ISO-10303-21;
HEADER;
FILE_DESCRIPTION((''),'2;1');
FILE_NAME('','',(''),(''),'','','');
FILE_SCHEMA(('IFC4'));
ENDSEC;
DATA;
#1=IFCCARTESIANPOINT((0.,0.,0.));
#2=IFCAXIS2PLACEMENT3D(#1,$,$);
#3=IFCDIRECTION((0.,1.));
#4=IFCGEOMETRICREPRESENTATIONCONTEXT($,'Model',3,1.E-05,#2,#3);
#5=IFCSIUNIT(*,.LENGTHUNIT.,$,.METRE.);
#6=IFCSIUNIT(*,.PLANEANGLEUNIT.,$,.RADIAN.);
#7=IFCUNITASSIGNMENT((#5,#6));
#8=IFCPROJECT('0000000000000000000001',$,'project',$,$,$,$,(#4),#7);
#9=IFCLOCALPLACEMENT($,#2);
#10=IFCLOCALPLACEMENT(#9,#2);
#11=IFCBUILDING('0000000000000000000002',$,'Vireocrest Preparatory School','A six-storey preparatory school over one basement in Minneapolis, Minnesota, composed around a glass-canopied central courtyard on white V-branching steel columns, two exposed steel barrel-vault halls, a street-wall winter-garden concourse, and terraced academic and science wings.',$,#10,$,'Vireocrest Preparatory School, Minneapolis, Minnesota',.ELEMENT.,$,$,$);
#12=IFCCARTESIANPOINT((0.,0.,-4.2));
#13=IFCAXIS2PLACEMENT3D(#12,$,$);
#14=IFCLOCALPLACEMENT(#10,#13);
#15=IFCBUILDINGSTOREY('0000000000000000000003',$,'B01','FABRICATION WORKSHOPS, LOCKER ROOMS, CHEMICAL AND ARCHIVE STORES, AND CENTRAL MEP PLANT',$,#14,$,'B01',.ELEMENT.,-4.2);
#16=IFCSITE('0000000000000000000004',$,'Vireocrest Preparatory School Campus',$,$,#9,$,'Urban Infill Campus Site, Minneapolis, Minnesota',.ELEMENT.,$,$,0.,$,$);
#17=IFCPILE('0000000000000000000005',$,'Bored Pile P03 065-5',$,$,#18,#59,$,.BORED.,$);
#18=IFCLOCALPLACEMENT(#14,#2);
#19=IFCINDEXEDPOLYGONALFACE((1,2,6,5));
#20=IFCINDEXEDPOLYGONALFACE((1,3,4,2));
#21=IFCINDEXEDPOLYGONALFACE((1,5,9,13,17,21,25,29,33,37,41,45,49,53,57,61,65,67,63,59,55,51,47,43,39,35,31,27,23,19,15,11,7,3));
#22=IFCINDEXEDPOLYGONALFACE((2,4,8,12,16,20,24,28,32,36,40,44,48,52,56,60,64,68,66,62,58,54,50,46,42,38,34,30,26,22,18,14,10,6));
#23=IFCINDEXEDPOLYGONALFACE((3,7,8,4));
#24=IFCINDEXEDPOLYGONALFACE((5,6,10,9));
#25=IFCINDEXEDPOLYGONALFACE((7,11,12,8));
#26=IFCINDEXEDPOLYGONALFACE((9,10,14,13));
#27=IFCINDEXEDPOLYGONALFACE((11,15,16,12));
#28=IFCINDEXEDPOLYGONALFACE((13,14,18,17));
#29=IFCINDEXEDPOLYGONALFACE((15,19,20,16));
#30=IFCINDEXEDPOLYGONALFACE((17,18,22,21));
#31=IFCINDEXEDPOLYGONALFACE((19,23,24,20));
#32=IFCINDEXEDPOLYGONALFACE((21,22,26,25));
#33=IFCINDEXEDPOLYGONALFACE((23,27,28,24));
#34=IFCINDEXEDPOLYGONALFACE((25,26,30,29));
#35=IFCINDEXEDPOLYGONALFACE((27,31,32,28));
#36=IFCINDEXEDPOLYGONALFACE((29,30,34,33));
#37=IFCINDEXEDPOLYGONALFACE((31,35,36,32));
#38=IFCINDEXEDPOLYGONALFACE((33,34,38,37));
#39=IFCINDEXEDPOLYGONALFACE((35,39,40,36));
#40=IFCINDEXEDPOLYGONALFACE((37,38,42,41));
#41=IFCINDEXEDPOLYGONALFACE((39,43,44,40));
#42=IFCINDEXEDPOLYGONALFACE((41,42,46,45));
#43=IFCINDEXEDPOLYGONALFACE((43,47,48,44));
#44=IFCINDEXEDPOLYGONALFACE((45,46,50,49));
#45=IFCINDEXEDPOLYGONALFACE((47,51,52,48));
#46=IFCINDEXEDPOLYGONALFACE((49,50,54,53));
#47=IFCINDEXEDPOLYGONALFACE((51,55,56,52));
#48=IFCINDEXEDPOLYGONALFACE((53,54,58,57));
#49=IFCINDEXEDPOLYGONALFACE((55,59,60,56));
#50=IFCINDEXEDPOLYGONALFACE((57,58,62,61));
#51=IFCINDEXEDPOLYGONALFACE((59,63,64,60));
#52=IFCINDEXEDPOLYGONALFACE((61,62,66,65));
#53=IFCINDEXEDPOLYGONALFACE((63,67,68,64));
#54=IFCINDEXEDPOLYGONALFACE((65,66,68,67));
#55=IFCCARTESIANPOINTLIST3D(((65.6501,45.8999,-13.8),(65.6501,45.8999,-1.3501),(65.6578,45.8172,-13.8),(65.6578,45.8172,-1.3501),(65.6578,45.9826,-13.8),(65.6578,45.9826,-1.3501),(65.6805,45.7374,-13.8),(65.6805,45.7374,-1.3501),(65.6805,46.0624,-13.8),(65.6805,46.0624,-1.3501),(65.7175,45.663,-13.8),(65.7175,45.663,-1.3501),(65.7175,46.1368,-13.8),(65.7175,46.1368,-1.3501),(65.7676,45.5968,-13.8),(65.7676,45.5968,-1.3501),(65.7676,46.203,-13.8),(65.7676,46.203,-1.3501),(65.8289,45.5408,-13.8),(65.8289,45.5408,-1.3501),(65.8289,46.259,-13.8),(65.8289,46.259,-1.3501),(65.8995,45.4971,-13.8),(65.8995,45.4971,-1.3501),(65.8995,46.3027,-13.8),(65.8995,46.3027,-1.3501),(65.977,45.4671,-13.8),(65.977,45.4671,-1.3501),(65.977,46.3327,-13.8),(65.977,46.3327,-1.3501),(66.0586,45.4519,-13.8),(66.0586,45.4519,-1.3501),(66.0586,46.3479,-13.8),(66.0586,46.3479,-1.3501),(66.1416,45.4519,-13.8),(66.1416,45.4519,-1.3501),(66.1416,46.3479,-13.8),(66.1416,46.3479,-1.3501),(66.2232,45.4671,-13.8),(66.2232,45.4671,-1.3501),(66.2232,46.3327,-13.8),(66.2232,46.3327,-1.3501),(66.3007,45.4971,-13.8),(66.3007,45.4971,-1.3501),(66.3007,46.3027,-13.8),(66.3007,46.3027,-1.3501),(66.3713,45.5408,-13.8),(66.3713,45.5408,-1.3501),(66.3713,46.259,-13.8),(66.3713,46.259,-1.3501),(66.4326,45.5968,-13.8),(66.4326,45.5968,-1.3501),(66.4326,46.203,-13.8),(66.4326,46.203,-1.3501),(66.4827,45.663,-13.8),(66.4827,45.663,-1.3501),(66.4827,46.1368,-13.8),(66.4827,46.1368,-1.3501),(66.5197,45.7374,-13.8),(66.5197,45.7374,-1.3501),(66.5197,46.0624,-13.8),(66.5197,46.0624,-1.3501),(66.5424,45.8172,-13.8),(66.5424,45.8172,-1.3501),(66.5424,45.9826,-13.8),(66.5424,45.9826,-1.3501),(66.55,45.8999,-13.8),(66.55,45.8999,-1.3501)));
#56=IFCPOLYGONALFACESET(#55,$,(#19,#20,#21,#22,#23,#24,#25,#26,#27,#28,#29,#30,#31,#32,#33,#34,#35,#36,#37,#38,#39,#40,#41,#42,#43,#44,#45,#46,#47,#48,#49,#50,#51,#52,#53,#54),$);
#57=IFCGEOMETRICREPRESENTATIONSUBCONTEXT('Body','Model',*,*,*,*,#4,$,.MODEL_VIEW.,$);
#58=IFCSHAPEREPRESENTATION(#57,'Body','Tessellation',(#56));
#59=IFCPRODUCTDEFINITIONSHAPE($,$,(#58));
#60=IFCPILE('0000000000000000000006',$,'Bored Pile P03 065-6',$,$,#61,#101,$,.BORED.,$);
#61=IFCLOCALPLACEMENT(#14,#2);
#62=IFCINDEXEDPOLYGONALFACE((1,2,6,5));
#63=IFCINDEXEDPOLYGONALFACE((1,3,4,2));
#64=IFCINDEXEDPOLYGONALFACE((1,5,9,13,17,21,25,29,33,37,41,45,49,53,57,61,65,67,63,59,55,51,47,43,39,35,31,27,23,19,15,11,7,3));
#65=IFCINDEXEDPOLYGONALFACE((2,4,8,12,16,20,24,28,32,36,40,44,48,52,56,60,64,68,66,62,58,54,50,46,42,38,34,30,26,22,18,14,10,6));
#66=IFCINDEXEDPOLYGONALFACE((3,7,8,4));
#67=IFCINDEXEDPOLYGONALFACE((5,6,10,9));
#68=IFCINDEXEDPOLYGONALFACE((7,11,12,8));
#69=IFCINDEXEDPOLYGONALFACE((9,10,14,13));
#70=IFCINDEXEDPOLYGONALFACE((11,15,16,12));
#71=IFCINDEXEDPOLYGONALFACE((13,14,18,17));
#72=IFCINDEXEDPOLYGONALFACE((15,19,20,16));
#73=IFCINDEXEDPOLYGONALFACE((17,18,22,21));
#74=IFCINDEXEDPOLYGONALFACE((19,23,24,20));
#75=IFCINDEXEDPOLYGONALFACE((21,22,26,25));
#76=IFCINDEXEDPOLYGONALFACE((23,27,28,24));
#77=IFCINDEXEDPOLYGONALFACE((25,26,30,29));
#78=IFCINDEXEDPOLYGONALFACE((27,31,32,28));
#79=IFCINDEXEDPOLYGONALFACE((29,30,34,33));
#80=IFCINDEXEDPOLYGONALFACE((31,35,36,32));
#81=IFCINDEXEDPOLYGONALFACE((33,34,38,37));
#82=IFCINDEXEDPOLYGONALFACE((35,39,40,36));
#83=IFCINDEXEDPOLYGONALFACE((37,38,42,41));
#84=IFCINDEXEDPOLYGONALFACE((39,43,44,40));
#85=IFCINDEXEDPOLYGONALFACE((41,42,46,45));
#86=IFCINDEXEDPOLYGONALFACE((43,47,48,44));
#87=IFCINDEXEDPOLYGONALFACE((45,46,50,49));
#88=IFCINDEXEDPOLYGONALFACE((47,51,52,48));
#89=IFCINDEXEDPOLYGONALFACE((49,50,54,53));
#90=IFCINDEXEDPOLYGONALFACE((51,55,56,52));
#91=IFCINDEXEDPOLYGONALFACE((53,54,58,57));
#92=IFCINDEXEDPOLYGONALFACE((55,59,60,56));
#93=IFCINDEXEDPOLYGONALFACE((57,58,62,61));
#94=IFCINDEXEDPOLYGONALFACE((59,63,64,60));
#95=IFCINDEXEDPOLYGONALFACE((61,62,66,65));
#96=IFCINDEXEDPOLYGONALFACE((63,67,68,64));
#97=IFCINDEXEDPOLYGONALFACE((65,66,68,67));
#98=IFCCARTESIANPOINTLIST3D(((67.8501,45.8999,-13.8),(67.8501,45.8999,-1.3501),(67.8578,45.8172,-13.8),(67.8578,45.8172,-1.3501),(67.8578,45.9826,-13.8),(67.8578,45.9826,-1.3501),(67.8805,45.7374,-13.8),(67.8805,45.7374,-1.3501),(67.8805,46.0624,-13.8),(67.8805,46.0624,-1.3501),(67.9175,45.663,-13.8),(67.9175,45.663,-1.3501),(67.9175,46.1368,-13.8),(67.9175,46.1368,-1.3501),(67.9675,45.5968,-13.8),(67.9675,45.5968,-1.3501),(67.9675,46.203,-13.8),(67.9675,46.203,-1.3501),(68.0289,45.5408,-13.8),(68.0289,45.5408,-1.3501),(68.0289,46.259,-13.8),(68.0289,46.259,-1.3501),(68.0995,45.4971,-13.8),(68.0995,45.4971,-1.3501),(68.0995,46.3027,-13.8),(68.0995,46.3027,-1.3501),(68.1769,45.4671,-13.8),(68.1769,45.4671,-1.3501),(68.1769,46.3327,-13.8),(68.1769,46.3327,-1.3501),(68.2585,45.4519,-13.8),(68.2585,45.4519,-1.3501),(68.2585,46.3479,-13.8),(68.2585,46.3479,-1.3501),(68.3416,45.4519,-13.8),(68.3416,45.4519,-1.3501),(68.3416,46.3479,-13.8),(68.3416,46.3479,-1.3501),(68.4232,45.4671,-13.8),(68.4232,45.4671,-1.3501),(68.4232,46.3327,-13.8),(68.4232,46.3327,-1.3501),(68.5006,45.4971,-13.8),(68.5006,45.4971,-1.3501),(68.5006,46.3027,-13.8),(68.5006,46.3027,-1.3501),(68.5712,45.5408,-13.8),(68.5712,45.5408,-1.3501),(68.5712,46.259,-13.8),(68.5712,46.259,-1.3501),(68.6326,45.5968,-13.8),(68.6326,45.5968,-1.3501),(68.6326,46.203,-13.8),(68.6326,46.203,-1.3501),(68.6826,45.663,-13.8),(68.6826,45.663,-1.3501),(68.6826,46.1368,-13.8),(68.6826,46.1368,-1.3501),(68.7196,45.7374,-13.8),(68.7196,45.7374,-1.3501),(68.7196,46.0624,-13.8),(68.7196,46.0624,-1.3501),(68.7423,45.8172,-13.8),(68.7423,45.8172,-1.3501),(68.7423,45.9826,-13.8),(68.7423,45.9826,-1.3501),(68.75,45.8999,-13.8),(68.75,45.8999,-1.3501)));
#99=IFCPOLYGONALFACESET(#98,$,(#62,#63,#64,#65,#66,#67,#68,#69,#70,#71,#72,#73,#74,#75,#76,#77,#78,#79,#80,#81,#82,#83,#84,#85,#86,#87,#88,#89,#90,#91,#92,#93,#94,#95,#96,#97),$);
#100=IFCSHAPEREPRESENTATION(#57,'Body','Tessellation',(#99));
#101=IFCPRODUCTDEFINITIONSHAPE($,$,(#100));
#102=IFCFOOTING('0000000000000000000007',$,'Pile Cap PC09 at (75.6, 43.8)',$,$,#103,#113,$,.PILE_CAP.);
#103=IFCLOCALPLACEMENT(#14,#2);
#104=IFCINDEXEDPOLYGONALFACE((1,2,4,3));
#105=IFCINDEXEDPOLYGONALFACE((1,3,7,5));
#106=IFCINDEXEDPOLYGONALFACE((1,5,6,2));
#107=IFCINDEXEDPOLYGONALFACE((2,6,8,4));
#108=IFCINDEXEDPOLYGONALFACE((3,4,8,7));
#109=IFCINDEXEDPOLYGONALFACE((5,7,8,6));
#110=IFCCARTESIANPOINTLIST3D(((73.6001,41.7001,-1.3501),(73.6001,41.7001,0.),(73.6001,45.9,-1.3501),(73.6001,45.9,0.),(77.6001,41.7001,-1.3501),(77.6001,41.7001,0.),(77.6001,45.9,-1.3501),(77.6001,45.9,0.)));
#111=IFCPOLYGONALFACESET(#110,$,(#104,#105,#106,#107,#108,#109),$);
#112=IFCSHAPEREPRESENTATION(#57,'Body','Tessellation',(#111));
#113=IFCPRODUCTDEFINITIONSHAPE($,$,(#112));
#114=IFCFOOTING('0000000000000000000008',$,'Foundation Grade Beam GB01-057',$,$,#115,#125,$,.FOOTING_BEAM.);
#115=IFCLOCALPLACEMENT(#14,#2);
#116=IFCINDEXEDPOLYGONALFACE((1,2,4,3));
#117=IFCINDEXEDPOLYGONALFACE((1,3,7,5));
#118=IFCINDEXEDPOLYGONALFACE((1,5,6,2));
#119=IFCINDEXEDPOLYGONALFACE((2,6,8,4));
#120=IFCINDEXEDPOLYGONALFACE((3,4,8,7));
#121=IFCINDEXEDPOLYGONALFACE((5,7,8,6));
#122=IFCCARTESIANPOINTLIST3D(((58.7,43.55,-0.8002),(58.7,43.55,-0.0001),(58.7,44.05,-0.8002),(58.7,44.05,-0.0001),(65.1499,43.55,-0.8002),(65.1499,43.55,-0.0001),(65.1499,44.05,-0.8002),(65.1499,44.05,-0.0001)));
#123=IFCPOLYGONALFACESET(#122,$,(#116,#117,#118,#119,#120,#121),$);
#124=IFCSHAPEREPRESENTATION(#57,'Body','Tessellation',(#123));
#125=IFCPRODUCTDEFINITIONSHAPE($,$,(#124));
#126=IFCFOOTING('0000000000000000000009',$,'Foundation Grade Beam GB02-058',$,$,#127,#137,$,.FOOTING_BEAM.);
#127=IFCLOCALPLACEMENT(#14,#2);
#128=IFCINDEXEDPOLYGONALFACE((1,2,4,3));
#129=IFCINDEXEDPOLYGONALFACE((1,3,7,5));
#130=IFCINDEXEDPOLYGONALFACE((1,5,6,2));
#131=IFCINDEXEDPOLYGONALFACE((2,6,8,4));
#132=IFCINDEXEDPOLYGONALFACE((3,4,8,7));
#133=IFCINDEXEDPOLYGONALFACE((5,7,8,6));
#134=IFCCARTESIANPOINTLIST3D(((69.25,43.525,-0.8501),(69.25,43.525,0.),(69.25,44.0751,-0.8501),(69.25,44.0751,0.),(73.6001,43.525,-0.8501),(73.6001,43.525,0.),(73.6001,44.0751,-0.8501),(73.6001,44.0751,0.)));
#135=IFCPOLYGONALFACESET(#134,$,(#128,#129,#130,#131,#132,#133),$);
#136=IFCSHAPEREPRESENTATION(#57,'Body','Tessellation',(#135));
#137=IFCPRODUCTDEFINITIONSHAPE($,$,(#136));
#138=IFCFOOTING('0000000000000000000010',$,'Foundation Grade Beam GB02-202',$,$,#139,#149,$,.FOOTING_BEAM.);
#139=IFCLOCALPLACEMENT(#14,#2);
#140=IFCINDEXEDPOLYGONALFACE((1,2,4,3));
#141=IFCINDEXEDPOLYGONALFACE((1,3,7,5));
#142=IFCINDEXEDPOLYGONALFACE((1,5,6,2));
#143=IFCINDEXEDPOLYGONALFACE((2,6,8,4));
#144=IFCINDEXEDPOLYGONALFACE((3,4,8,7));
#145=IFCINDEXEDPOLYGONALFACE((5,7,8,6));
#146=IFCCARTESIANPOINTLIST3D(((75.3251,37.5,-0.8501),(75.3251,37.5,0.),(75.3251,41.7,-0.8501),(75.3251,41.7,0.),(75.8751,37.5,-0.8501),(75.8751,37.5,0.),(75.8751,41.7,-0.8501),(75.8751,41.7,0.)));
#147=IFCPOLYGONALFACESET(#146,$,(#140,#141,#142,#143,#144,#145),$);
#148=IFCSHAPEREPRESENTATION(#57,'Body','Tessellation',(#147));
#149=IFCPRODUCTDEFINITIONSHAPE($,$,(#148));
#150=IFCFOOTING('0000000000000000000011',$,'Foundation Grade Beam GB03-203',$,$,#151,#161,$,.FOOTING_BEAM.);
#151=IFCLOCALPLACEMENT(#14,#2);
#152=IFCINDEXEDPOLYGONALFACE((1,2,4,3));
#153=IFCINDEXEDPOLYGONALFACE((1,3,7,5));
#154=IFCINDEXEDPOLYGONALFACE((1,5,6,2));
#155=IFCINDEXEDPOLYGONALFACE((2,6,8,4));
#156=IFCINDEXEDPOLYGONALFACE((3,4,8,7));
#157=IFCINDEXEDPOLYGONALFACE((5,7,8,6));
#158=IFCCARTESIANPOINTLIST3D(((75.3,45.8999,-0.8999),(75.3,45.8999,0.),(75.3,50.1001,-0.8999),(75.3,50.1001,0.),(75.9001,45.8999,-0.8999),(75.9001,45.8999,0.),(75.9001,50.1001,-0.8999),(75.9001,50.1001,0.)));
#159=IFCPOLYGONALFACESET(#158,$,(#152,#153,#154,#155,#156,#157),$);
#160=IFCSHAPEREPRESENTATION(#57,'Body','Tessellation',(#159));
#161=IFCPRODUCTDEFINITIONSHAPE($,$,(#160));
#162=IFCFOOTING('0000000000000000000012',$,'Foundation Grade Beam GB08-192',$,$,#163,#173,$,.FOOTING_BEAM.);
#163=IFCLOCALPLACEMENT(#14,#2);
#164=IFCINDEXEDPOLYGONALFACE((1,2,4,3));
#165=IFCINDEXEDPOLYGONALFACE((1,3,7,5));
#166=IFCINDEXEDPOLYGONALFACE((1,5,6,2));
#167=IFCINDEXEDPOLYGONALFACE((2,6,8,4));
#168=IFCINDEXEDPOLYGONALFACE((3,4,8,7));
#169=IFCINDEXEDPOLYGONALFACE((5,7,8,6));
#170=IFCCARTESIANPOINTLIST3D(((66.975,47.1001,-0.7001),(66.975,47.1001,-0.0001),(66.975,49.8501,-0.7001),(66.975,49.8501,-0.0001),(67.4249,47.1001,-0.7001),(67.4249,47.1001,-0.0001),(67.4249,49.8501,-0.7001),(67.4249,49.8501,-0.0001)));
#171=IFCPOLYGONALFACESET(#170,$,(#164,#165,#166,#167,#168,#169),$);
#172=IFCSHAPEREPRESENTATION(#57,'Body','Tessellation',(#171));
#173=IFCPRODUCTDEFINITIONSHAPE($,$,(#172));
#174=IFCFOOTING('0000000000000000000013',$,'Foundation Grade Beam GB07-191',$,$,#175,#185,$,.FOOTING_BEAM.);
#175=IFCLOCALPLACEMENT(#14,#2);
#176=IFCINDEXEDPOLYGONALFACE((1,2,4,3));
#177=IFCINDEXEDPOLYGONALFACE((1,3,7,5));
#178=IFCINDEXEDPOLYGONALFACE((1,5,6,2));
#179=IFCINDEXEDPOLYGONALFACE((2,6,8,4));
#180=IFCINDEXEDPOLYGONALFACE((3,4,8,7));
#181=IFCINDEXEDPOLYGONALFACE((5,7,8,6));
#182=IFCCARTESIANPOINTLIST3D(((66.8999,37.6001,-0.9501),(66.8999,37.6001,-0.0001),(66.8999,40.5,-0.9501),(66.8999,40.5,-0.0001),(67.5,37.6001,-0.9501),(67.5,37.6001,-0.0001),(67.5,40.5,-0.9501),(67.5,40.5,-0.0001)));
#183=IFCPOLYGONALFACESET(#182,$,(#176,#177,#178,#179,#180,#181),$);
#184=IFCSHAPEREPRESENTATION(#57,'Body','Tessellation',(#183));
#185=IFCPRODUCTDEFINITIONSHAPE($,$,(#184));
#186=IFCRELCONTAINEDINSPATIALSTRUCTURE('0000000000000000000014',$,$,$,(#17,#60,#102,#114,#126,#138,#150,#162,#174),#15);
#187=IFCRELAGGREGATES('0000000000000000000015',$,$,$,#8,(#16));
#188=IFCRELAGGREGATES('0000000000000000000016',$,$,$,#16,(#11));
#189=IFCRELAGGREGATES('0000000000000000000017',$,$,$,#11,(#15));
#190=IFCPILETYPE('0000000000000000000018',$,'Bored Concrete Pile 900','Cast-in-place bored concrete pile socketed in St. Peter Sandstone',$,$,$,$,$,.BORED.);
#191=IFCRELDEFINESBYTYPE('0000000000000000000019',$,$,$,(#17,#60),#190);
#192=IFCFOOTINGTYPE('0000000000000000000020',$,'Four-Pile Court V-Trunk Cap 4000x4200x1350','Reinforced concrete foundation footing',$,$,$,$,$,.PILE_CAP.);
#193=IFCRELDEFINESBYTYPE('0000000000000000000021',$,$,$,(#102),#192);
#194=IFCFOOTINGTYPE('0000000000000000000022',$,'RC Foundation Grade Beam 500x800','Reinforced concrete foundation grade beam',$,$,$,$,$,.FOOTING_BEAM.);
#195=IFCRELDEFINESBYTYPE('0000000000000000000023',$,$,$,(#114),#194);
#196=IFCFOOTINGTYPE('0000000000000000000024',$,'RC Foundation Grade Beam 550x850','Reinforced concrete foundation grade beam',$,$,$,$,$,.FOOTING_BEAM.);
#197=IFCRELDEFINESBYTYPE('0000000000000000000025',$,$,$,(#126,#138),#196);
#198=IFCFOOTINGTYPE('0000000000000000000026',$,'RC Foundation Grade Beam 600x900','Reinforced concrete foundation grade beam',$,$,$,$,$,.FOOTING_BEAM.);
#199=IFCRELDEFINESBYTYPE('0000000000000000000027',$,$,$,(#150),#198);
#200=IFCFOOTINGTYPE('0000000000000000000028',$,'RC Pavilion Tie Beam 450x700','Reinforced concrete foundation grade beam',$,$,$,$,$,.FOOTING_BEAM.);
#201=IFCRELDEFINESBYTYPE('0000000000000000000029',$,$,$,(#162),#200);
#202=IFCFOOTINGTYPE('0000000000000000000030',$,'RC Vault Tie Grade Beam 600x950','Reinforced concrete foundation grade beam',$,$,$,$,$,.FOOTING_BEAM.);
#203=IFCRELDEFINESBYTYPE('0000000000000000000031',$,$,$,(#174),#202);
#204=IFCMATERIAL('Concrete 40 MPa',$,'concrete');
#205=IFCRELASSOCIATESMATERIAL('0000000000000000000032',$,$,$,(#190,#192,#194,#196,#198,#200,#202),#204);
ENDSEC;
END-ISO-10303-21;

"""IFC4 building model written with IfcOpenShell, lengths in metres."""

from ifc_helpers import new_model, si_unit, direction, frame, origin, origin_2d, place, context, subcontext, project, spatial, rectangle, circle, extrude, material, material_profile, profile_set, type_object, element, save


model = new_model("IFC4")

# Units and contexts
model_context = context("Model", 3, precision=1e-05, world=origin(), true_north=direction((0.0, 1.0)))
body_context = subcontext(model_context, "Body", "Model", "MODEL_VIEW")
ifc_project = project(units=[si_unit("LENGTHUNIT", "METRE"), si_unit("PLANEANGLEUNIT", "RADIAN")], contexts=[model_context])

# Site, building, storey
site_placement = place(None, origin())
site = spatial("IfcSite", under=ifc_project, at=site_placement, Name="Vireocrest Preparatory School Campus", LongName="Urban Infill Campus Site, Minneapolis, Minnesota", CompositionType="ELEMENT", RefElevation=0.0)
building_placement = place(site_placement, origin())
building = spatial("IfcBuilding", under=site, at=building_placement, Name="Vireocrest Preparatory School", Description="A six-storey preparatory school over one basement in Minneapolis, Minnesota, composed around a glass-canopied central courtyard on white V-branching steel columns, two exposed steel barrel-vault halls, a street-wall winter-garden concourse, and terraced academic and science wings.", LongName="Vireocrest Preparatory School, Minneapolis, Minnesota", CompositionType="ELEMENT")
storey_placement = place(building_placement, frame((0.0, 0.0, -4.2)))
storey = spatial("IfcBuildingStorey", under=building, at=storey_placement, Name="B01", Description="FABRICATION WORKSHOPS, LOCKER ROOMS, CHEMICAL AND ARCHIVE STORES, AND CENTRAL MEP PLANT", LongName="B01", CompositionType="ELEMENT", Elevation=-4.2)

# Piles
ifc_material_1 = material(Name="Concrete 40 MPa", Category="concrete")
ifc_material_profile_1 = material_profile(ifc_material_1, circle(Radius=0.45, at=origin_2d()), Name="BORED PILE 900")
ifc_profile_set_1 = profile_set([ifc_material_profile_1], Name="Concrete 40 MPa")
pile_type_1 = type_object("IfcPileType", Name="Bored Concrete Pile 900", Description="Cast-in-place bored concrete pile socketed in St. Peter Sandstone", PredefinedType="BORED", material=ifc_profile_set_1)
for number, where, z_axis, x_axis, name in (
    (1, (66.1001, 45.8999, -1.3501), (0.0, 0.0, -1.0), (1.0, 0.0, 0.0), "Bored Pile P03 065-5"),
    (2, (68.3, 45.8999, -1.3501), (0.0, 0.0, -1.0), (1.0, 0.0, 0.0), "Bored Pile P03 065-6"),
):
    element("IfcPile", number, at=place(storey_placement, frame(where, z_axis=z_axis, x_axis=x_axis)), inside=storey, type_object=pile_type_1, Name=name, PredefinedType="BORED", context=body_context, shape_type="SweptSolid", body=[
        extrude(circle(Radius=0.45, at=origin_2d()), origin(), (0.0, 0.0, 1.0), 12.45),
    ])

# Footings
footing_type_1 = type_object("IfcFootingType", Name="Four-Pile Court V-Trunk Cap 4000x4200x1350", Description="Reinforced concrete foundation footing", PredefinedType="PILE_CAP", material=ifc_material_1)
footing_1_placement = place(storey_placement, frame((75.6001, 43.8, -1.3501), z_axis=(0.0, 0.0, 1.0), x_axis=(1.0, 0.0, 0.0)))
element("IfcFooting", 3, at=footing_1_placement, inside=storey, type_object=footing_type_1, Name="Pile Cap PC09 at (75.6, 43.8)", PredefinedType="PILE_CAP", context=body_context, shape_type="SweptSolid", body=[
    extrude(rectangle(XDim=4.0, YDim=4.2, at=origin_2d()), origin(), (0.0, 0.0, 1.0), 1.3501),
])
ifc_material_profile_2 = material_profile(ifc_material_1, rectangle(XDim=0.5, YDim=0.8, at=origin_2d()), Name="GB 500x800")
ifc_profile_set_2 = profile_set([ifc_material_profile_2], Name="Concrete 40 MPa")
footing_type_2 = type_object("IfcFootingType", Name="RC Foundation Grade Beam 500x800", Description="Reinforced concrete foundation grade beam", PredefinedType="FOOTING_BEAM", material=ifc_profile_set_2)
footing_2_placement = place(storey_placement, frame((58.7, 43.8, -0.4001), z_axis=(1.0, 0.0, 0.0), x_axis=(0.0, 1.0, 0.0)))
element("IfcFooting", 4, at=footing_2_placement, inside=storey, type_object=footing_type_2, Name="Foundation Grade Beam GB01-057", PredefinedType="FOOTING_BEAM", context=body_context, shape_type="SweptSolid", body=[
    extrude(rectangle(XDim=0.5, YDim=0.8, at=origin_2d()), origin(), (0.0, 0.0, 1.0), 6.45),
])
ifc_material_profile_3 = material_profile(ifc_material_1, rectangle(XDim=0.55, YDim=0.8501, at=origin_2d()), Name="GB 550x850")
ifc_profile_set_3 = profile_set([ifc_material_profile_3], Name="Concrete 40 MPa")
footing_type_3 = type_object("IfcFootingType", Name="RC Foundation Grade Beam 550x850", Description="Reinforced concrete foundation grade beam", PredefinedType="FOOTING_BEAM", material=ifc_profile_set_3)
footing_3_placement = place(storey_placement, frame((69.25, 43.8, -0.425), z_axis=(1.0, 0.0, 0.0), x_axis=(0.0, 1.0, 0.0)))
element("IfcFooting", 5, at=footing_3_placement, inside=storey, type_object=footing_type_3, Name="Foundation Grade Beam GB02-058", PredefinedType="FOOTING_BEAM", context=body_context, shape_type="SweptSolid", body=[
    extrude(rectangle(XDim=0.55, YDim=0.8501, at=origin_2d()), origin(), (0.0, 0.0, 1.0), 4.3501),
])
footing_4_placement = place(storey_placement, frame((75.6001, 37.5, -0.425), z_axis=(0.0, 1.0, 0.0), x_axis=(-1.0, 0.0, 0.0)))
element("IfcFooting", 6, at=footing_4_placement, inside=storey, type_object=footing_type_3, Name="Foundation Grade Beam GB02-202", PredefinedType="FOOTING_BEAM", context=body_context, shape_type="SweptSolid", body=[
    extrude(rectangle(XDim=0.55, YDim=0.8501, at=origin_2d()), origin(), (0.0, 0.0, 1.0), 4.2),
])
ifc_material_profile_4 = material_profile(ifc_material_1, rectangle(XDim=0.6001, YDim=0.8999, at=origin_2d()), Name="GB 600x900")
ifc_profile_set_4 = profile_set([ifc_material_profile_4], Name="Concrete 40 MPa")
footing_type_4 = type_object("IfcFootingType", Name="RC Foundation Grade Beam 600x900", Description="Reinforced concrete foundation grade beam", PredefinedType="FOOTING_BEAM", material=ifc_profile_set_4)
footing_5_placement = place(storey_placement, frame((75.6001, 45.8999, -0.45), z_axis=(0.0, 1.0, 0.0), x_axis=(-1.0, 0.0, 0.0)))
element("IfcFooting", 7, at=footing_5_placement, inside=storey, type_object=footing_type_4, Name="Foundation Grade Beam GB03-203", PredefinedType="FOOTING_BEAM", context=body_context, shape_type="SweptSolid", body=[
    extrude(rectangle(XDim=0.6001, YDim=0.8999, at=origin_2d()), origin(), (0.0, 0.0, 1.0), 4.2002),
])
ifc_material_profile_5 = material_profile(ifc_material_1, rectangle(XDim=0.45, YDim=0.7, at=origin_2d()), Name="GB 450x700")
ifc_profile_set_5 = profile_set([ifc_material_profile_5], Name="Concrete 40 MPa")
footing_type_5 = type_object("IfcFootingType", Name="RC Pavilion Tie Beam 450x700", Description="Reinforced concrete foundation grade beam", PredefinedType="FOOTING_BEAM", material=ifc_profile_set_5)
footing_6_placement = place(storey_placement, frame((67.2, 47.1001, -0.3501), z_axis=(0.0, 1.0, 0.0), x_axis=(-1.0, 0.0, 0.0)))
element("IfcFooting", 8, at=footing_6_placement, inside=storey, type_object=footing_type_5, Name="Foundation Grade Beam GB08-192", PredefinedType="FOOTING_BEAM", context=body_context, shape_type="SweptSolid", body=[
    extrude(rectangle(XDim=0.45, YDim=0.7, at=origin_2d()), origin(), (0.0, 0.0, 1.0), 2.75),
])
ifc_material_profile_6 = material_profile(ifc_material_1, rectangle(XDim=0.6001, YDim=0.95, at=origin_2d()), Name="GB 600x950")
ifc_profile_set_6 = profile_set([ifc_material_profile_6], Name="Concrete 40 MPa")
footing_type_6 = type_object("IfcFootingType", Name="RC Vault Tie Grade Beam 600x950", Description="Reinforced concrete foundation grade beam", PredefinedType="FOOTING_BEAM", material=ifc_profile_set_6)
footing_7_placement = place(storey_placement, frame((67.2, 37.6001, -0.4751), z_axis=(0.0, 1.0, 0.0), x_axis=(-1.0, 0.0, 0.0)))
element("IfcFooting", 9, at=footing_7_placement, inside=storey, type_object=footing_type_6, Name="Foundation Grade Beam GB07-191", PredefinedType="FOOTING_BEAM", context=body_context, shape_type="SweptSolid", body=[
    extrude(rectangle(XDim=0.6001, YDim=0.95, at=origin_2d()), origin(), (0.0, 0.0, 1.0), 2.8999),
])

save(model, "model.ifc")
